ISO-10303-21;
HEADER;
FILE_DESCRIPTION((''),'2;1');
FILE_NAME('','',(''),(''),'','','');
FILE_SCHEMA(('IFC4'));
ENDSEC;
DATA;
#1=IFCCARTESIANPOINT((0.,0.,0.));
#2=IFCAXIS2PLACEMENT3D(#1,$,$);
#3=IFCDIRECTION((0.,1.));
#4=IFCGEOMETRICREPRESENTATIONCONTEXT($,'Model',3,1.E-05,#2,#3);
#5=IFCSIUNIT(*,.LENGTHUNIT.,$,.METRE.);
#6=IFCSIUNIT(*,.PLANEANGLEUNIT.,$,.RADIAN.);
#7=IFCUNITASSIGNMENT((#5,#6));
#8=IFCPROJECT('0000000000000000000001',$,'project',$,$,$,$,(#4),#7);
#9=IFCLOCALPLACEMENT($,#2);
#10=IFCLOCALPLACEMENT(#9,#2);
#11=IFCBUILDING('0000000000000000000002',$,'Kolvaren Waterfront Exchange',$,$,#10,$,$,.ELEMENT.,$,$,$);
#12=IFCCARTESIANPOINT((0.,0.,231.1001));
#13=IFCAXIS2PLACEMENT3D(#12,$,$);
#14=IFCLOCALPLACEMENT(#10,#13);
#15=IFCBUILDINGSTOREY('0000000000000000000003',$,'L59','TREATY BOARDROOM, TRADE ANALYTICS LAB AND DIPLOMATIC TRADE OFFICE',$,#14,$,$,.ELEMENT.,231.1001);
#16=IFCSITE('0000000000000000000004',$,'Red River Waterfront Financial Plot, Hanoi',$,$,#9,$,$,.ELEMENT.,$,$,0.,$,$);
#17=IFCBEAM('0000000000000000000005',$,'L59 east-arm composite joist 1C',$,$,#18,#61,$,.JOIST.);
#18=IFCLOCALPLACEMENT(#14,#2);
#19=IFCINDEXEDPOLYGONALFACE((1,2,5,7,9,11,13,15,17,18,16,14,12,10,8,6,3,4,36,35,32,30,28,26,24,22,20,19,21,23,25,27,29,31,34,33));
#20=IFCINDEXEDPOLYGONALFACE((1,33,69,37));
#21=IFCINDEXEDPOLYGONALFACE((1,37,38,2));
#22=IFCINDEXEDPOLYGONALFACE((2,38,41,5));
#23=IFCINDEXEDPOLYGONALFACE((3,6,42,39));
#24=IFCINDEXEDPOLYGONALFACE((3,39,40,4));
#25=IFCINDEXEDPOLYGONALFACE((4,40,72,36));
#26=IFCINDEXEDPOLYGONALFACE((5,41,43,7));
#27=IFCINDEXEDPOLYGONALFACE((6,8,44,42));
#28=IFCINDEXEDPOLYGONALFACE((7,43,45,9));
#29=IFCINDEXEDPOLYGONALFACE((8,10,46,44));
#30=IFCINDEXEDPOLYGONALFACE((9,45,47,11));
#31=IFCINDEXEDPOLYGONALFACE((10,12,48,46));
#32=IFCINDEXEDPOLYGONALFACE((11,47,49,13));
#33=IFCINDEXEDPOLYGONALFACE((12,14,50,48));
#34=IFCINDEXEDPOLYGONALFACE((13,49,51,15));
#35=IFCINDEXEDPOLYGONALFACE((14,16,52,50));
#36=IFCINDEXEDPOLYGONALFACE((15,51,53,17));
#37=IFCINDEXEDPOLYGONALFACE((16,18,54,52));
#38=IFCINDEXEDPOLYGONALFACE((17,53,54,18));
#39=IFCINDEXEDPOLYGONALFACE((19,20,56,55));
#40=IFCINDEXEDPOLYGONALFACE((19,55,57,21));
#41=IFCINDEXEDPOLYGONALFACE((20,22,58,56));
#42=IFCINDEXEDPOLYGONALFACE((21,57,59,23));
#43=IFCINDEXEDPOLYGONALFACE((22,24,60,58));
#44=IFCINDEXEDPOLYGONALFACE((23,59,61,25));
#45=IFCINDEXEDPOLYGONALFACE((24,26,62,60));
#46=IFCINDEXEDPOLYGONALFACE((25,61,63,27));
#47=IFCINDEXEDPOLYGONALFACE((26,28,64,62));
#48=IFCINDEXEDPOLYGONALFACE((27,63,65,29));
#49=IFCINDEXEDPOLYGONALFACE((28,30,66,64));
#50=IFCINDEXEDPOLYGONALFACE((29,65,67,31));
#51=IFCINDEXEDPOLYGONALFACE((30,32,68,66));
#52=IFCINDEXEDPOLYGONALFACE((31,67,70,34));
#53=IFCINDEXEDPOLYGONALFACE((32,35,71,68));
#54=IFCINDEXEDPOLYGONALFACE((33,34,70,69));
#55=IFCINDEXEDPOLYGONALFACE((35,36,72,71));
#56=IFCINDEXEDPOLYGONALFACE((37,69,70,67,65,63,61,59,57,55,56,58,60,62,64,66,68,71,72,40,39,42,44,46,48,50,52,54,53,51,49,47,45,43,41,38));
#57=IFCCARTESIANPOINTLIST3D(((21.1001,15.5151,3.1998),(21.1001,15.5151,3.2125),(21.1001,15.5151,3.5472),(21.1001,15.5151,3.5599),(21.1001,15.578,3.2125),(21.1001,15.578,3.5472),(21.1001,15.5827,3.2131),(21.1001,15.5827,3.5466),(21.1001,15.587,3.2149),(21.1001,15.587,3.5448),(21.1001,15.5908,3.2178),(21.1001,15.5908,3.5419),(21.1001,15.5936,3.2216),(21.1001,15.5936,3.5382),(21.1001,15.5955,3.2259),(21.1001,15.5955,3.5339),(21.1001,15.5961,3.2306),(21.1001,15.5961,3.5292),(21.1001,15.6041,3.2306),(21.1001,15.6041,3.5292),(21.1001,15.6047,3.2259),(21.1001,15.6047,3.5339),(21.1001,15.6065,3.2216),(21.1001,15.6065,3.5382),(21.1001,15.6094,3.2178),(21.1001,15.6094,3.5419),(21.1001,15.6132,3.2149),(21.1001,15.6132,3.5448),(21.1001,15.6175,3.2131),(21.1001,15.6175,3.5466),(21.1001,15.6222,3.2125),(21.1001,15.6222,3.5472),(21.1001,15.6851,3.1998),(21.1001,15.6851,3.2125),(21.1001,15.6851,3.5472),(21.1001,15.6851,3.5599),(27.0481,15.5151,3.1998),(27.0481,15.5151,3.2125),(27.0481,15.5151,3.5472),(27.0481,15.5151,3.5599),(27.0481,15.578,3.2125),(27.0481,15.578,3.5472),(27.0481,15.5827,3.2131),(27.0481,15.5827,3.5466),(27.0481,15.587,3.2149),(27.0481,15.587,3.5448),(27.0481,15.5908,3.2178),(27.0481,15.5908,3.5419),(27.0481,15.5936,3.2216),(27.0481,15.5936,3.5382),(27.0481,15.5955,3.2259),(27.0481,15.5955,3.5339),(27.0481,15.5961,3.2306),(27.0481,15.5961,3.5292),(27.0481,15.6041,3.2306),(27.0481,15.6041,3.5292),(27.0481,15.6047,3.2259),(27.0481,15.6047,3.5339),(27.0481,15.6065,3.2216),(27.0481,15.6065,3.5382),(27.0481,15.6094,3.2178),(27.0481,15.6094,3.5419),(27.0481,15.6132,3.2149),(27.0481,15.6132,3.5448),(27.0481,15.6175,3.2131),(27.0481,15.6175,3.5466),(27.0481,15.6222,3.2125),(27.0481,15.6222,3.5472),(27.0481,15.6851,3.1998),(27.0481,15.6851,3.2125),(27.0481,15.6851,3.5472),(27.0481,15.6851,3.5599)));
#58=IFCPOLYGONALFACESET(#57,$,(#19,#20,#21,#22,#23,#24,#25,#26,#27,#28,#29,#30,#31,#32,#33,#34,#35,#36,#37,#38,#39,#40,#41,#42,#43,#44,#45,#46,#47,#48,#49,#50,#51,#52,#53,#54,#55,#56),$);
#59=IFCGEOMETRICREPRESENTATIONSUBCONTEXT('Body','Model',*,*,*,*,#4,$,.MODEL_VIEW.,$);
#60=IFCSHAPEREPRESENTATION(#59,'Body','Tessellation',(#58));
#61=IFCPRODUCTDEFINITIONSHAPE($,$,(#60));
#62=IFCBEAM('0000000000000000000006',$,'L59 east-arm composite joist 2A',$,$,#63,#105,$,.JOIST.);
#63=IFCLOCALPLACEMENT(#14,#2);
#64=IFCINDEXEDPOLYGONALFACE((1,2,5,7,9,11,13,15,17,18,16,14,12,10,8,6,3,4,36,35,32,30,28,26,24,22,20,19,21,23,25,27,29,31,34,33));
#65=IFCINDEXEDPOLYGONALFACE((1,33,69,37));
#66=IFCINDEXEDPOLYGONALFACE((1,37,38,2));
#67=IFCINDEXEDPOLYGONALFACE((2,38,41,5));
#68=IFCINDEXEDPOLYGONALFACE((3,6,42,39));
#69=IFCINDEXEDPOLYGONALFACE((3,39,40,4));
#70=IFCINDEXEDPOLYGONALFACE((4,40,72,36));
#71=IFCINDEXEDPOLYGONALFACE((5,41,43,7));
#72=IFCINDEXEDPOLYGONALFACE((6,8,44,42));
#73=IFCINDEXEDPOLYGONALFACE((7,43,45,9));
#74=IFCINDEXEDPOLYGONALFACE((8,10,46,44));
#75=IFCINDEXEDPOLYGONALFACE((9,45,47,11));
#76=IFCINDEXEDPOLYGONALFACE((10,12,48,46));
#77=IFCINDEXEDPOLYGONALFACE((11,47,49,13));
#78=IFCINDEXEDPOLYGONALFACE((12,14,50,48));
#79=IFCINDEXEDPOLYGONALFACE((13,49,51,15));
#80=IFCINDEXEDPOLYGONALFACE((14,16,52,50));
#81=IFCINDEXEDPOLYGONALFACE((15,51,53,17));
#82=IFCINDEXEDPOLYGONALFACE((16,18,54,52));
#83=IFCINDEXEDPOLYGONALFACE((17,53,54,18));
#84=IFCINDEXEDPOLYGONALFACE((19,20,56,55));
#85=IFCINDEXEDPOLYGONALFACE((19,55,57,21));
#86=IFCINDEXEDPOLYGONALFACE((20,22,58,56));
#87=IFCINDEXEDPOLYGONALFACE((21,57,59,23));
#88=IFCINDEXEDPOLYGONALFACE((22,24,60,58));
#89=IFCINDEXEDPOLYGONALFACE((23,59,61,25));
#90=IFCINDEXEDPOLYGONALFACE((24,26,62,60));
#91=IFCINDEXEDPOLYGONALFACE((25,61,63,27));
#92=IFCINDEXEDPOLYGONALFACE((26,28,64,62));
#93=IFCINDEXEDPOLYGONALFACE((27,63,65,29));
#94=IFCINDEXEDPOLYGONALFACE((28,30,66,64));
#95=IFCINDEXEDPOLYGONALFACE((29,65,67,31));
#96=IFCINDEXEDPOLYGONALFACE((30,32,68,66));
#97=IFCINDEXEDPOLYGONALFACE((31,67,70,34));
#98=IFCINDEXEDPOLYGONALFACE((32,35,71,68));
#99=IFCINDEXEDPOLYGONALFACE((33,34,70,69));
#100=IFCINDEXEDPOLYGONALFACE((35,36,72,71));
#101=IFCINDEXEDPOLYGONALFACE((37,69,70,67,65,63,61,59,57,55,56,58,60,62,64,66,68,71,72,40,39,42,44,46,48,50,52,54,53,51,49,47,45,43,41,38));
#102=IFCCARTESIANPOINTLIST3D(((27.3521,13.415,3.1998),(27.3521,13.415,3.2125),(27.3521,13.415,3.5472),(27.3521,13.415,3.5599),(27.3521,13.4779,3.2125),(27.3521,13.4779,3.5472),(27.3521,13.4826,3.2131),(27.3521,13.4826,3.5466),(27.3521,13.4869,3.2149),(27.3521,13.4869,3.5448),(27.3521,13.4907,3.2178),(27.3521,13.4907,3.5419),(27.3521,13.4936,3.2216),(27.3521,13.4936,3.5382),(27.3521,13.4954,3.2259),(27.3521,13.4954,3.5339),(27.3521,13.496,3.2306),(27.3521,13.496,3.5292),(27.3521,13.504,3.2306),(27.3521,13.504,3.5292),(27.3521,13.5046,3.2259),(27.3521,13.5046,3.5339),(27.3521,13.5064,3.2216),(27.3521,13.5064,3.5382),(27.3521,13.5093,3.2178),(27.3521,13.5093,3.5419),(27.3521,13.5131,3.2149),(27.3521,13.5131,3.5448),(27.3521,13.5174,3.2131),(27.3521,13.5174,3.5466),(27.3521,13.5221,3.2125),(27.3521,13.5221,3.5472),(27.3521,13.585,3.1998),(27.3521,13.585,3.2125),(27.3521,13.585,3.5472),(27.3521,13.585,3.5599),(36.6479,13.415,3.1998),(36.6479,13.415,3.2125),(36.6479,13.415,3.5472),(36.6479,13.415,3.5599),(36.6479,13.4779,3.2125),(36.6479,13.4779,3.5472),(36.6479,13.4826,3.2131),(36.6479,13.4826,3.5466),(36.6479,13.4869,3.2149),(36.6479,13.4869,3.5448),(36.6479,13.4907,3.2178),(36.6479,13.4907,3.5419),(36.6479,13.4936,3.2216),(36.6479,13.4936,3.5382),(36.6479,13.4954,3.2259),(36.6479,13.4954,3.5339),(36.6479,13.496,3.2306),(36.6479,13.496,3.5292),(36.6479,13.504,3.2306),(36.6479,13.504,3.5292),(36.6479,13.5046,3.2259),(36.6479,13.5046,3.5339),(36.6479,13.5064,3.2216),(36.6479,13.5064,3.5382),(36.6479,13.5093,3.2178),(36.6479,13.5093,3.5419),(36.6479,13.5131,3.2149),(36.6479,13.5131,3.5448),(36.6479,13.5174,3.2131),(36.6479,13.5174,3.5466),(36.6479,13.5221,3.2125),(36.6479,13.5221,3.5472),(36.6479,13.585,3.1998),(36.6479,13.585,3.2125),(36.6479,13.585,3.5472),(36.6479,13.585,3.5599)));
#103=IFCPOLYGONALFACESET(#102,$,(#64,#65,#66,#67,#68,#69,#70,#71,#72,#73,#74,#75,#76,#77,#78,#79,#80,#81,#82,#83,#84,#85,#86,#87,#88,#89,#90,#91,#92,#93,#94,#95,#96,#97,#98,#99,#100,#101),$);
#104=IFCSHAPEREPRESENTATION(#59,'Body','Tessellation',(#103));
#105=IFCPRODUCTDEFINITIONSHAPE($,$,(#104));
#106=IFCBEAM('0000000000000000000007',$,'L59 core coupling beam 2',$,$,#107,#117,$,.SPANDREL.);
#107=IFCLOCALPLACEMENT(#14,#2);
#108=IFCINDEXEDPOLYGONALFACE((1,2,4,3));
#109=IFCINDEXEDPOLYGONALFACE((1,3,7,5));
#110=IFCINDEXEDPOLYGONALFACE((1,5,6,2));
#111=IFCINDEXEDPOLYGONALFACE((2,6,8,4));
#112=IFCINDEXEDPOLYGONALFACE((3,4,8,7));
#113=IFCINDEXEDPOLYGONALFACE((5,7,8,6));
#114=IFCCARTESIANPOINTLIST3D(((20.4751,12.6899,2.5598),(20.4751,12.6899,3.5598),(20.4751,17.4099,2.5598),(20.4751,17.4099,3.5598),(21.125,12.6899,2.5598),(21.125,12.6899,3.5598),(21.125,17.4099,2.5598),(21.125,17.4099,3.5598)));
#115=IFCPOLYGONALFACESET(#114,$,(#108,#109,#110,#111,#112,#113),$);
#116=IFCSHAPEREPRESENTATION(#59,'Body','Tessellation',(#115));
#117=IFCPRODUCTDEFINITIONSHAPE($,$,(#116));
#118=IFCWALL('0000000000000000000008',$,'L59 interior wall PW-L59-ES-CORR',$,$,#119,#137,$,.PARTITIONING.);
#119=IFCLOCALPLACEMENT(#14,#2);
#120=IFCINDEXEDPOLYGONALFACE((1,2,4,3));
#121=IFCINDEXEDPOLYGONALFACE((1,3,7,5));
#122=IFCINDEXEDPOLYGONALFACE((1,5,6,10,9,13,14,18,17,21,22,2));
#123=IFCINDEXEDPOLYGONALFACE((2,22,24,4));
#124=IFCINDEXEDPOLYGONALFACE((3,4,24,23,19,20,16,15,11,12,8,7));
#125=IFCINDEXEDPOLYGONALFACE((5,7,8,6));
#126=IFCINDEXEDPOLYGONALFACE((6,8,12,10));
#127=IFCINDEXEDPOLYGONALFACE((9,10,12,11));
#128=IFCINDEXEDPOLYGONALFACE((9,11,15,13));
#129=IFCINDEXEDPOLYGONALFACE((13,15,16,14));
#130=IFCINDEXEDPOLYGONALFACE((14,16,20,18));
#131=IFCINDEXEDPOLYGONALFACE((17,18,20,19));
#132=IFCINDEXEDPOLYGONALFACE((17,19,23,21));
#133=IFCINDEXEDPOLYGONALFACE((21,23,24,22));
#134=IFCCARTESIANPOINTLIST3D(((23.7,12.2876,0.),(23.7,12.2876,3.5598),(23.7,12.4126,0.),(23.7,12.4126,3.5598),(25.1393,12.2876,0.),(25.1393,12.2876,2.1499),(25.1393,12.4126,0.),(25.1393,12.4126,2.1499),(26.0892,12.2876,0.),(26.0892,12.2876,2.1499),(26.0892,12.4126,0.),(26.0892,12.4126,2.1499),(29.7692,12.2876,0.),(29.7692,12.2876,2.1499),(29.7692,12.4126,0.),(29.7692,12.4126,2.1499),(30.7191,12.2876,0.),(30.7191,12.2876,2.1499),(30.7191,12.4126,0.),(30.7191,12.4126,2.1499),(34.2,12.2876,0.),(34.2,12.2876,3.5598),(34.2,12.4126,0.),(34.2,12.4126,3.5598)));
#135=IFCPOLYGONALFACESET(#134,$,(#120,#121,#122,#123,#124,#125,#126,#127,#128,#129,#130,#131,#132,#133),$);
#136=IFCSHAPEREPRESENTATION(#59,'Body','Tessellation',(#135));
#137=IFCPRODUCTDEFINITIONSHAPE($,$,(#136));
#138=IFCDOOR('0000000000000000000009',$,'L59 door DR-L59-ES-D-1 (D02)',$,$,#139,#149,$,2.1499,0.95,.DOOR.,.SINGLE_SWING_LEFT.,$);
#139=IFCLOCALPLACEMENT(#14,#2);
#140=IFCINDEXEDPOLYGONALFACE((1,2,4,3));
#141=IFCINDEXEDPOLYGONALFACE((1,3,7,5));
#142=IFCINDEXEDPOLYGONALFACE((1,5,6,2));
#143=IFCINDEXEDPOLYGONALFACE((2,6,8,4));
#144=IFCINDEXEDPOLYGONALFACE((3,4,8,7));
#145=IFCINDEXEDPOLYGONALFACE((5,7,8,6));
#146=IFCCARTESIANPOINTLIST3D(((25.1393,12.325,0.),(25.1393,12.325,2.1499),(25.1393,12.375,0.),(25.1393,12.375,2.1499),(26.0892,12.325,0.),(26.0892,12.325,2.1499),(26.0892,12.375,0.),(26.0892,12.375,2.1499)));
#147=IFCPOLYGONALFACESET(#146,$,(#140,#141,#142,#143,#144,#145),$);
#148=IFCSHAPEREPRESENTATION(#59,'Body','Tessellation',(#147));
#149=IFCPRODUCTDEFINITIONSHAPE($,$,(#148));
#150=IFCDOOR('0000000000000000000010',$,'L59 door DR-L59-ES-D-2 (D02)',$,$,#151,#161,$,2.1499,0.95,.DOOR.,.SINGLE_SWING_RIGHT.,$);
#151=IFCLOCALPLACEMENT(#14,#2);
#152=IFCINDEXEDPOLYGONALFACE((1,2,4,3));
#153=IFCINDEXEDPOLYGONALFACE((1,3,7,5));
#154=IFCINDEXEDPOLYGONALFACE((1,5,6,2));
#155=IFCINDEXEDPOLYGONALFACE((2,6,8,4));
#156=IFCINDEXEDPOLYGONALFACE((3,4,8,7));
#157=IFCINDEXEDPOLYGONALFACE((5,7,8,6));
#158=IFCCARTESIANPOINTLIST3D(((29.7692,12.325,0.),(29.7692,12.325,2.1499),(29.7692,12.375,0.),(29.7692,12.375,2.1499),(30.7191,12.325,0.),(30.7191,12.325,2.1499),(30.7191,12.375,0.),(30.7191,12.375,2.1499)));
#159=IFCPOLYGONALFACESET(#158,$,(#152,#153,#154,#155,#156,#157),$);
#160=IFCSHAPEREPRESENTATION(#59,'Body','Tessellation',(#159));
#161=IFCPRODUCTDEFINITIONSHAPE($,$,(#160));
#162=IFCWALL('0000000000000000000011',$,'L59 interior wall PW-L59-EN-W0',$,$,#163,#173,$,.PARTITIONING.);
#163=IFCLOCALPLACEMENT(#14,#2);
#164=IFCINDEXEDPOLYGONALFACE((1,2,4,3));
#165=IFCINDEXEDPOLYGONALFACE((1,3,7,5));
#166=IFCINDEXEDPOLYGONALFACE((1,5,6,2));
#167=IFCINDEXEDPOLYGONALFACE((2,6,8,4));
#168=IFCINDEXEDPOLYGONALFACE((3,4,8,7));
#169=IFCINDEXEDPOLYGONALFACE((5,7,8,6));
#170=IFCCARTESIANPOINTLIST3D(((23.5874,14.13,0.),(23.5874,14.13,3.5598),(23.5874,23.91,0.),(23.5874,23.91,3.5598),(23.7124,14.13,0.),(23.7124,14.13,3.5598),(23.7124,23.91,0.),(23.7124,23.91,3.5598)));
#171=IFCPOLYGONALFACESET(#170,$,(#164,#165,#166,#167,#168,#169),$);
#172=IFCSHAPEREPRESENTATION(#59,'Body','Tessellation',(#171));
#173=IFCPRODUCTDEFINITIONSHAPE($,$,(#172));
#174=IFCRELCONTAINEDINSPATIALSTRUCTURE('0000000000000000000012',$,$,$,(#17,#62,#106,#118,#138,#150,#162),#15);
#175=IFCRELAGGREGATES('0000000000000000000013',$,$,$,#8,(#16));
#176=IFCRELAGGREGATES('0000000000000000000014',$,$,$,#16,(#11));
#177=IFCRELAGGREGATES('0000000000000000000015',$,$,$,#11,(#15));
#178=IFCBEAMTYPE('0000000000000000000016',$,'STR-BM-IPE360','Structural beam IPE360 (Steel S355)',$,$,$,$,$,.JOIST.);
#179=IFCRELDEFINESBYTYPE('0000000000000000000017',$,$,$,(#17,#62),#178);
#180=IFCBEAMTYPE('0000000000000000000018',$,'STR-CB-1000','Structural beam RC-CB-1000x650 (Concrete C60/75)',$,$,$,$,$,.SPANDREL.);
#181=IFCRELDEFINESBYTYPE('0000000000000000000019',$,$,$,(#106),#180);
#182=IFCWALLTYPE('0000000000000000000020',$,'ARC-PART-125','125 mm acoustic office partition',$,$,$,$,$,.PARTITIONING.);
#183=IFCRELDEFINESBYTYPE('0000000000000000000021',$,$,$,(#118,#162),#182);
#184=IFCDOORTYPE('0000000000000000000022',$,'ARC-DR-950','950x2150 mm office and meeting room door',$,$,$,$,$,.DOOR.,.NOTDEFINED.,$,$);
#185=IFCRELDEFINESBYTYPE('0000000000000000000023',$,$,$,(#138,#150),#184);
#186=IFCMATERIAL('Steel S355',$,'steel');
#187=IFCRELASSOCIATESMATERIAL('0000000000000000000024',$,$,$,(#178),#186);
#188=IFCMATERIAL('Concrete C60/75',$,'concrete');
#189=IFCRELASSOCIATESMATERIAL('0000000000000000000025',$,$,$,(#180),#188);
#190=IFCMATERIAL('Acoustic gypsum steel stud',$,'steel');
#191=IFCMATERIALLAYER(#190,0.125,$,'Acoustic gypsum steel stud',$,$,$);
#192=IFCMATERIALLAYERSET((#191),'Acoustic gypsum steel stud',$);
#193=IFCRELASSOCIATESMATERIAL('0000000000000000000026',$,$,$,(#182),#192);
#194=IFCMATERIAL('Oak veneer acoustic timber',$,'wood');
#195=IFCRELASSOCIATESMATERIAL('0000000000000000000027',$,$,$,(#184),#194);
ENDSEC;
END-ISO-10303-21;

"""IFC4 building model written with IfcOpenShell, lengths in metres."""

from ifc_helpers import new_model, si_unit, direction, frame, frame_2d, origin, origin_2d, place, context, subcontext, project, spatial, rectangle, i_section, extrude, material, layer, layer_set, material_profile, profile_set, type_object, element, fill, save


model = new_model("IFC4")

# Units and contexts
model_context = context("Model", 3, precision=1e-05, world=origin(), true_north=direction((0.0, 1.0)))
body_context = subcontext(model_context, "Body", "Model", "MODEL_VIEW")
ifc_project = project(units=[si_unit("LENGTHUNIT", "METRE"), si_unit("PLANEANGLEUNIT", "RADIAN")], contexts=[model_context])

# Site, building, storey
site_placement = place(None, origin())
site = spatial("IfcSite", under=ifc_project, at=site_placement, Name="Red River Waterfront Financial Plot, Hanoi", CompositionType="ELEMENT", RefElevation=0.0)
building_placement = place(site_placement, origin())
building = spatial("IfcBuilding", under=site, at=building_placement, Name="Kolvaren Waterfront Exchange", CompositionType="ELEMENT")
storey_placement = place(building_placement, frame((0.0, 0.0, 231.1001)))
storey = spatial("IfcBuildingStorey", under=building, at=storey_placement, Name="L59", Description="TREATY BOARDROOM, TRADE ANALYTICS LAB AND DIPLOMATIC TRADE OFFICE", CompositionType="ELEMENT", Elevation=231.1001)

# Beams
ifc_material_1 = material(Name="Steel S355", Category="steel")
ifc_material_profile_1 = material_profile(ifc_material_1, i_section(OverallWidth=0.1699, OverallDepth=0.3601, WebThickness=0.0081, FlangeThickness=0.0127, FilletRadius=0.0181, at=origin_2d()), Name="IPE360")
ifc_profile_set_1 = profile_set([ifc_material_profile_1], Name="Steel S355")
beam_type_1 = type_object("IfcBeamType", Name="STR-BM-IPE360", Description="Structural beam IPE360 (Steel S355)", PredefinedType="JOIST", material=ifc_profile_set_1)
for number, where, z_axis, x_axis, name in (
    (1, (21.1001, 15.6001, 3.3799), (1.0, 0.0, 0.0), (0.0, 1.0, 0.0), "L59 east-arm composite joist 1C"),
):
    element("IfcBeam", number, at=place(storey_placement, frame(where, z_axis=z_axis, x_axis=x_axis)), inside=storey, type_object=beam_type_1, Name=name, PredefinedType="JOIST", context=body_context, shape_type="SweptSolid", body=[
        extrude(i_section(OverallWidth=0.1699, OverallDepth=0.3601, WebThickness=0.0081, FlangeThickness=0.0127, FilletRadius=0.0181, at=origin_2d()), origin(), (0.0, 0.0, 1.0), 5.948),
    ])
beam_1_placement = place(storey_placement, frame((27.3521, 13.5, 3.3799), z_axis=(1.0, 0.0, 0.0), x_axis=(0.0, 1.0, 0.0)))
element("IfcBeam", 2, at=beam_1_placement, inside=storey, type_object=beam_type_1, Name="L59 east-arm composite joist 2A", PredefinedType="JOIST", context=body_context, shape_type="SweptSolid", body=[
    extrude(i_section(OverallWidth=0.1699, OverallDepth=0.3601, WebThickness=0.0081, FlangeThickness=0.0127, FilletRadius=0.0181, at=origin_2d()), origin(), (0.0, 0.0, 1.0), 9.2959),
])
ifc_material_2 = material(Name="Concrete C60/75", Category="concrete")
ifc_material_profile_2 = material_profile(ifc_material_2, rectangle(XDim=0.6499, YDim=1.0, at=origin_2d()), Name="RC-CB-1000x650")
ifc_profile_set_2 = profile_set([ifc_material_profile_2], Name="Concrete C60/75")
beam_type_2 = type_object("IfcBeamType", Name="STR-CB-1000", Description="Structural beam RC-CB-1000x650 (Concrete C60/75)", PredefinedType="SPANDREL", material=ifc_profile_set_2)
beam_2_placement = place(storey_placement, frame((20.8, 12.6899, 3.0598), z_axis=(0.0, 1.0, 0.0), x_axis=(-1.0, 0.0, 0.0)))
element("IfcBeam", 3, at=beam_2_placement, inside=storey, type_object=beam_type_2, Name="L59 core coupling beam 2", PredefinedType="SPANDREL", context=body_context, shape_type="SweptSolid", body=[
    extrude(rectangle(XDim=0.6499, YDim=1.0, at=origin_2d()), origin(), (0.0, 0.0, 1.0), 4.72),
])

# Wall, openings, doors
ifc_material_3 = material(Name="Acoustic gypsum steel stud", Category="steel")
ifc_layer_1 = layer(ifc_material_3, 0.125, Name="Acoustic gypsum steel stud")
ifc_layer_set_1 = layer_set([ifc_layer_1], Name="Acoustic gypsum steel stud")
wall_type_1 = type_object("IfcWallType", Name="ARC-PART-125", Description="125 mm acoustic office partition", PredefinedType="PARTITIONING", material=ifc_layer_set_1)
wall_1_placement = place(storey_placement, frame((23.7, 12.3501, 0.0), z_axis=(0.0, 0.0, 1.0), x_axis=(1.0, 0.0, 0.0)))
wall_1 = element("IfcWall", 4, at=wall_1_placement, inside=storey, type_object=wall_type_1, Name="L59 interior wall PW-L59-ES-CORR", PredefinedType="PARTITIONING", context=body_context, shape_type="SweptSolid", body=[
    extrude(rectangle(XDim=10.5, YDim=0.125, at=frame_2d((5.25, 0.0))), origin(), (0.0, 0.0, 1.0), 3.5598),
])
opening_1_placement = place(wall_1_placement, frame((1.4392, 0.0, 0.0)))
opening_1 = element("IfcOpeningElement", 5, at=opening_1_placement, cuts=wall_1, PredefinedType="OPENING", context=body_context, shape_type="SweptSolid", body=[
    extrude(rectangle(XDim=0.95, YDim=2.1499, at=frame_2d((0.4751, 1.075))), frame((0.0, 0.0725, 0.0), z_axis=(0.0, -1.0, 0.0), x_axis=(1.0, 0.0, 0.0)), (0.0, 0.0, 1.0), 0.145),
])
opening_2_placement = place(wall_1_placement, frame((6.0691, 0.0, 0.0)))
opening_2 = element("IfcOpeningElement", 6, at=opening_2_placement, cuts=wall_1, PredefinedType="OPENING", context=body_context, shape_type="SweptSolid", body=[
    extrude(rectangle(XDim=0.95, YDim=2.1499, at=frame_2d((0.4751, 1.075))), frame((0.0, 0.0725, 0.0), z_axis=(0.0, -1.0, 0.0), x_axis=(1.0, 0.0, 0.0)), (0.0, 0.0, 1.0), 0.145),
])
ifc_material_4 = material(Name="Oak veneer acoustic timber", Category="wood")
door_type = type_object("IfcDoorType", Name="ARC-DR-950", Description="950x2150 mm office and meeting room door", OperationType="NOTDEFINED", PredefinedType="DOOR", material=ifc_material_4)
door_1_placement = place(opening_1_placement, origin())
door_1 = element("IfcDoor", 7, at=door_1_placement, inside=storey, type_object=door_type, Name="L59 door DR-L59-ES-D-1 (D02)", OperationType="SINGLE_SWING_LEFT", OverallHeight=2.1499, OverallWidth=0.95, PredefinedType="DOOR", context=body_context, shape_type="SweptSolid", body=[
    extrude(rectangle(XDim=0.95, YDim=2.1499, at=frame_2d((0.4751, 1.075))), frame((0.0, 0.0249, 0.0), z_axis=(0.0, -1.0, 0.0), x_axis=(1.0, 0.0, 0.0)), (0.0, 0.0, 1.0), 0.05),
])
fill(opening_1, door_1)
door_2_placement = place(opening_2_placement, origin())
door_2 = element("IfcDoor", 8, at=door_2_placement, inside=storey, type_object=door_type, Name="L59 door DR-L59-ES-D-2 (D02)", OperationType="SINGLE_SWING_RIGHT", OverallHeight=2.1499, OverallWidth=0.95, PredefinedType="DOOR", context=body_context, shape_type="SweptSolid", body=[
    extrude(rectangle(XDim=0.95, YDim=2.1499, at=frame_2d((0.4751, 1.075))), frame((0.0, 0.0249, 0.0), z_axis=(0.0, -1.0, 0.0), x_axis=(1.0, 0.0, 0.0)), (0.0, 0.0, 1.0), 0.05),
])
fill(opening_2, door_2)

# Wall
wall_2_placement = place(storey_placement, frame((23.6499, 14.1299, 0.0), z_axis=(0.0, 0.0, 1.0), x_axis=(0.0, 1.0, 0.0)))
element("IfcWall", 9, at=wall_2_placement, inside=storey, type_object=wall_type_1, Name="L59 interior wall PW-L59-EN-W0", PredefinedType="PARTITIONING", context=body_context, shape_type="SweptSolid", body=[
    extrude(rectangle(XDim=9.78, YDim=0.125, at=frame_2d((4.8901, 0.0))), origin(), (0.0, 0.0, 1.0), 3.5598),
])

save(model, "model.ifc")
